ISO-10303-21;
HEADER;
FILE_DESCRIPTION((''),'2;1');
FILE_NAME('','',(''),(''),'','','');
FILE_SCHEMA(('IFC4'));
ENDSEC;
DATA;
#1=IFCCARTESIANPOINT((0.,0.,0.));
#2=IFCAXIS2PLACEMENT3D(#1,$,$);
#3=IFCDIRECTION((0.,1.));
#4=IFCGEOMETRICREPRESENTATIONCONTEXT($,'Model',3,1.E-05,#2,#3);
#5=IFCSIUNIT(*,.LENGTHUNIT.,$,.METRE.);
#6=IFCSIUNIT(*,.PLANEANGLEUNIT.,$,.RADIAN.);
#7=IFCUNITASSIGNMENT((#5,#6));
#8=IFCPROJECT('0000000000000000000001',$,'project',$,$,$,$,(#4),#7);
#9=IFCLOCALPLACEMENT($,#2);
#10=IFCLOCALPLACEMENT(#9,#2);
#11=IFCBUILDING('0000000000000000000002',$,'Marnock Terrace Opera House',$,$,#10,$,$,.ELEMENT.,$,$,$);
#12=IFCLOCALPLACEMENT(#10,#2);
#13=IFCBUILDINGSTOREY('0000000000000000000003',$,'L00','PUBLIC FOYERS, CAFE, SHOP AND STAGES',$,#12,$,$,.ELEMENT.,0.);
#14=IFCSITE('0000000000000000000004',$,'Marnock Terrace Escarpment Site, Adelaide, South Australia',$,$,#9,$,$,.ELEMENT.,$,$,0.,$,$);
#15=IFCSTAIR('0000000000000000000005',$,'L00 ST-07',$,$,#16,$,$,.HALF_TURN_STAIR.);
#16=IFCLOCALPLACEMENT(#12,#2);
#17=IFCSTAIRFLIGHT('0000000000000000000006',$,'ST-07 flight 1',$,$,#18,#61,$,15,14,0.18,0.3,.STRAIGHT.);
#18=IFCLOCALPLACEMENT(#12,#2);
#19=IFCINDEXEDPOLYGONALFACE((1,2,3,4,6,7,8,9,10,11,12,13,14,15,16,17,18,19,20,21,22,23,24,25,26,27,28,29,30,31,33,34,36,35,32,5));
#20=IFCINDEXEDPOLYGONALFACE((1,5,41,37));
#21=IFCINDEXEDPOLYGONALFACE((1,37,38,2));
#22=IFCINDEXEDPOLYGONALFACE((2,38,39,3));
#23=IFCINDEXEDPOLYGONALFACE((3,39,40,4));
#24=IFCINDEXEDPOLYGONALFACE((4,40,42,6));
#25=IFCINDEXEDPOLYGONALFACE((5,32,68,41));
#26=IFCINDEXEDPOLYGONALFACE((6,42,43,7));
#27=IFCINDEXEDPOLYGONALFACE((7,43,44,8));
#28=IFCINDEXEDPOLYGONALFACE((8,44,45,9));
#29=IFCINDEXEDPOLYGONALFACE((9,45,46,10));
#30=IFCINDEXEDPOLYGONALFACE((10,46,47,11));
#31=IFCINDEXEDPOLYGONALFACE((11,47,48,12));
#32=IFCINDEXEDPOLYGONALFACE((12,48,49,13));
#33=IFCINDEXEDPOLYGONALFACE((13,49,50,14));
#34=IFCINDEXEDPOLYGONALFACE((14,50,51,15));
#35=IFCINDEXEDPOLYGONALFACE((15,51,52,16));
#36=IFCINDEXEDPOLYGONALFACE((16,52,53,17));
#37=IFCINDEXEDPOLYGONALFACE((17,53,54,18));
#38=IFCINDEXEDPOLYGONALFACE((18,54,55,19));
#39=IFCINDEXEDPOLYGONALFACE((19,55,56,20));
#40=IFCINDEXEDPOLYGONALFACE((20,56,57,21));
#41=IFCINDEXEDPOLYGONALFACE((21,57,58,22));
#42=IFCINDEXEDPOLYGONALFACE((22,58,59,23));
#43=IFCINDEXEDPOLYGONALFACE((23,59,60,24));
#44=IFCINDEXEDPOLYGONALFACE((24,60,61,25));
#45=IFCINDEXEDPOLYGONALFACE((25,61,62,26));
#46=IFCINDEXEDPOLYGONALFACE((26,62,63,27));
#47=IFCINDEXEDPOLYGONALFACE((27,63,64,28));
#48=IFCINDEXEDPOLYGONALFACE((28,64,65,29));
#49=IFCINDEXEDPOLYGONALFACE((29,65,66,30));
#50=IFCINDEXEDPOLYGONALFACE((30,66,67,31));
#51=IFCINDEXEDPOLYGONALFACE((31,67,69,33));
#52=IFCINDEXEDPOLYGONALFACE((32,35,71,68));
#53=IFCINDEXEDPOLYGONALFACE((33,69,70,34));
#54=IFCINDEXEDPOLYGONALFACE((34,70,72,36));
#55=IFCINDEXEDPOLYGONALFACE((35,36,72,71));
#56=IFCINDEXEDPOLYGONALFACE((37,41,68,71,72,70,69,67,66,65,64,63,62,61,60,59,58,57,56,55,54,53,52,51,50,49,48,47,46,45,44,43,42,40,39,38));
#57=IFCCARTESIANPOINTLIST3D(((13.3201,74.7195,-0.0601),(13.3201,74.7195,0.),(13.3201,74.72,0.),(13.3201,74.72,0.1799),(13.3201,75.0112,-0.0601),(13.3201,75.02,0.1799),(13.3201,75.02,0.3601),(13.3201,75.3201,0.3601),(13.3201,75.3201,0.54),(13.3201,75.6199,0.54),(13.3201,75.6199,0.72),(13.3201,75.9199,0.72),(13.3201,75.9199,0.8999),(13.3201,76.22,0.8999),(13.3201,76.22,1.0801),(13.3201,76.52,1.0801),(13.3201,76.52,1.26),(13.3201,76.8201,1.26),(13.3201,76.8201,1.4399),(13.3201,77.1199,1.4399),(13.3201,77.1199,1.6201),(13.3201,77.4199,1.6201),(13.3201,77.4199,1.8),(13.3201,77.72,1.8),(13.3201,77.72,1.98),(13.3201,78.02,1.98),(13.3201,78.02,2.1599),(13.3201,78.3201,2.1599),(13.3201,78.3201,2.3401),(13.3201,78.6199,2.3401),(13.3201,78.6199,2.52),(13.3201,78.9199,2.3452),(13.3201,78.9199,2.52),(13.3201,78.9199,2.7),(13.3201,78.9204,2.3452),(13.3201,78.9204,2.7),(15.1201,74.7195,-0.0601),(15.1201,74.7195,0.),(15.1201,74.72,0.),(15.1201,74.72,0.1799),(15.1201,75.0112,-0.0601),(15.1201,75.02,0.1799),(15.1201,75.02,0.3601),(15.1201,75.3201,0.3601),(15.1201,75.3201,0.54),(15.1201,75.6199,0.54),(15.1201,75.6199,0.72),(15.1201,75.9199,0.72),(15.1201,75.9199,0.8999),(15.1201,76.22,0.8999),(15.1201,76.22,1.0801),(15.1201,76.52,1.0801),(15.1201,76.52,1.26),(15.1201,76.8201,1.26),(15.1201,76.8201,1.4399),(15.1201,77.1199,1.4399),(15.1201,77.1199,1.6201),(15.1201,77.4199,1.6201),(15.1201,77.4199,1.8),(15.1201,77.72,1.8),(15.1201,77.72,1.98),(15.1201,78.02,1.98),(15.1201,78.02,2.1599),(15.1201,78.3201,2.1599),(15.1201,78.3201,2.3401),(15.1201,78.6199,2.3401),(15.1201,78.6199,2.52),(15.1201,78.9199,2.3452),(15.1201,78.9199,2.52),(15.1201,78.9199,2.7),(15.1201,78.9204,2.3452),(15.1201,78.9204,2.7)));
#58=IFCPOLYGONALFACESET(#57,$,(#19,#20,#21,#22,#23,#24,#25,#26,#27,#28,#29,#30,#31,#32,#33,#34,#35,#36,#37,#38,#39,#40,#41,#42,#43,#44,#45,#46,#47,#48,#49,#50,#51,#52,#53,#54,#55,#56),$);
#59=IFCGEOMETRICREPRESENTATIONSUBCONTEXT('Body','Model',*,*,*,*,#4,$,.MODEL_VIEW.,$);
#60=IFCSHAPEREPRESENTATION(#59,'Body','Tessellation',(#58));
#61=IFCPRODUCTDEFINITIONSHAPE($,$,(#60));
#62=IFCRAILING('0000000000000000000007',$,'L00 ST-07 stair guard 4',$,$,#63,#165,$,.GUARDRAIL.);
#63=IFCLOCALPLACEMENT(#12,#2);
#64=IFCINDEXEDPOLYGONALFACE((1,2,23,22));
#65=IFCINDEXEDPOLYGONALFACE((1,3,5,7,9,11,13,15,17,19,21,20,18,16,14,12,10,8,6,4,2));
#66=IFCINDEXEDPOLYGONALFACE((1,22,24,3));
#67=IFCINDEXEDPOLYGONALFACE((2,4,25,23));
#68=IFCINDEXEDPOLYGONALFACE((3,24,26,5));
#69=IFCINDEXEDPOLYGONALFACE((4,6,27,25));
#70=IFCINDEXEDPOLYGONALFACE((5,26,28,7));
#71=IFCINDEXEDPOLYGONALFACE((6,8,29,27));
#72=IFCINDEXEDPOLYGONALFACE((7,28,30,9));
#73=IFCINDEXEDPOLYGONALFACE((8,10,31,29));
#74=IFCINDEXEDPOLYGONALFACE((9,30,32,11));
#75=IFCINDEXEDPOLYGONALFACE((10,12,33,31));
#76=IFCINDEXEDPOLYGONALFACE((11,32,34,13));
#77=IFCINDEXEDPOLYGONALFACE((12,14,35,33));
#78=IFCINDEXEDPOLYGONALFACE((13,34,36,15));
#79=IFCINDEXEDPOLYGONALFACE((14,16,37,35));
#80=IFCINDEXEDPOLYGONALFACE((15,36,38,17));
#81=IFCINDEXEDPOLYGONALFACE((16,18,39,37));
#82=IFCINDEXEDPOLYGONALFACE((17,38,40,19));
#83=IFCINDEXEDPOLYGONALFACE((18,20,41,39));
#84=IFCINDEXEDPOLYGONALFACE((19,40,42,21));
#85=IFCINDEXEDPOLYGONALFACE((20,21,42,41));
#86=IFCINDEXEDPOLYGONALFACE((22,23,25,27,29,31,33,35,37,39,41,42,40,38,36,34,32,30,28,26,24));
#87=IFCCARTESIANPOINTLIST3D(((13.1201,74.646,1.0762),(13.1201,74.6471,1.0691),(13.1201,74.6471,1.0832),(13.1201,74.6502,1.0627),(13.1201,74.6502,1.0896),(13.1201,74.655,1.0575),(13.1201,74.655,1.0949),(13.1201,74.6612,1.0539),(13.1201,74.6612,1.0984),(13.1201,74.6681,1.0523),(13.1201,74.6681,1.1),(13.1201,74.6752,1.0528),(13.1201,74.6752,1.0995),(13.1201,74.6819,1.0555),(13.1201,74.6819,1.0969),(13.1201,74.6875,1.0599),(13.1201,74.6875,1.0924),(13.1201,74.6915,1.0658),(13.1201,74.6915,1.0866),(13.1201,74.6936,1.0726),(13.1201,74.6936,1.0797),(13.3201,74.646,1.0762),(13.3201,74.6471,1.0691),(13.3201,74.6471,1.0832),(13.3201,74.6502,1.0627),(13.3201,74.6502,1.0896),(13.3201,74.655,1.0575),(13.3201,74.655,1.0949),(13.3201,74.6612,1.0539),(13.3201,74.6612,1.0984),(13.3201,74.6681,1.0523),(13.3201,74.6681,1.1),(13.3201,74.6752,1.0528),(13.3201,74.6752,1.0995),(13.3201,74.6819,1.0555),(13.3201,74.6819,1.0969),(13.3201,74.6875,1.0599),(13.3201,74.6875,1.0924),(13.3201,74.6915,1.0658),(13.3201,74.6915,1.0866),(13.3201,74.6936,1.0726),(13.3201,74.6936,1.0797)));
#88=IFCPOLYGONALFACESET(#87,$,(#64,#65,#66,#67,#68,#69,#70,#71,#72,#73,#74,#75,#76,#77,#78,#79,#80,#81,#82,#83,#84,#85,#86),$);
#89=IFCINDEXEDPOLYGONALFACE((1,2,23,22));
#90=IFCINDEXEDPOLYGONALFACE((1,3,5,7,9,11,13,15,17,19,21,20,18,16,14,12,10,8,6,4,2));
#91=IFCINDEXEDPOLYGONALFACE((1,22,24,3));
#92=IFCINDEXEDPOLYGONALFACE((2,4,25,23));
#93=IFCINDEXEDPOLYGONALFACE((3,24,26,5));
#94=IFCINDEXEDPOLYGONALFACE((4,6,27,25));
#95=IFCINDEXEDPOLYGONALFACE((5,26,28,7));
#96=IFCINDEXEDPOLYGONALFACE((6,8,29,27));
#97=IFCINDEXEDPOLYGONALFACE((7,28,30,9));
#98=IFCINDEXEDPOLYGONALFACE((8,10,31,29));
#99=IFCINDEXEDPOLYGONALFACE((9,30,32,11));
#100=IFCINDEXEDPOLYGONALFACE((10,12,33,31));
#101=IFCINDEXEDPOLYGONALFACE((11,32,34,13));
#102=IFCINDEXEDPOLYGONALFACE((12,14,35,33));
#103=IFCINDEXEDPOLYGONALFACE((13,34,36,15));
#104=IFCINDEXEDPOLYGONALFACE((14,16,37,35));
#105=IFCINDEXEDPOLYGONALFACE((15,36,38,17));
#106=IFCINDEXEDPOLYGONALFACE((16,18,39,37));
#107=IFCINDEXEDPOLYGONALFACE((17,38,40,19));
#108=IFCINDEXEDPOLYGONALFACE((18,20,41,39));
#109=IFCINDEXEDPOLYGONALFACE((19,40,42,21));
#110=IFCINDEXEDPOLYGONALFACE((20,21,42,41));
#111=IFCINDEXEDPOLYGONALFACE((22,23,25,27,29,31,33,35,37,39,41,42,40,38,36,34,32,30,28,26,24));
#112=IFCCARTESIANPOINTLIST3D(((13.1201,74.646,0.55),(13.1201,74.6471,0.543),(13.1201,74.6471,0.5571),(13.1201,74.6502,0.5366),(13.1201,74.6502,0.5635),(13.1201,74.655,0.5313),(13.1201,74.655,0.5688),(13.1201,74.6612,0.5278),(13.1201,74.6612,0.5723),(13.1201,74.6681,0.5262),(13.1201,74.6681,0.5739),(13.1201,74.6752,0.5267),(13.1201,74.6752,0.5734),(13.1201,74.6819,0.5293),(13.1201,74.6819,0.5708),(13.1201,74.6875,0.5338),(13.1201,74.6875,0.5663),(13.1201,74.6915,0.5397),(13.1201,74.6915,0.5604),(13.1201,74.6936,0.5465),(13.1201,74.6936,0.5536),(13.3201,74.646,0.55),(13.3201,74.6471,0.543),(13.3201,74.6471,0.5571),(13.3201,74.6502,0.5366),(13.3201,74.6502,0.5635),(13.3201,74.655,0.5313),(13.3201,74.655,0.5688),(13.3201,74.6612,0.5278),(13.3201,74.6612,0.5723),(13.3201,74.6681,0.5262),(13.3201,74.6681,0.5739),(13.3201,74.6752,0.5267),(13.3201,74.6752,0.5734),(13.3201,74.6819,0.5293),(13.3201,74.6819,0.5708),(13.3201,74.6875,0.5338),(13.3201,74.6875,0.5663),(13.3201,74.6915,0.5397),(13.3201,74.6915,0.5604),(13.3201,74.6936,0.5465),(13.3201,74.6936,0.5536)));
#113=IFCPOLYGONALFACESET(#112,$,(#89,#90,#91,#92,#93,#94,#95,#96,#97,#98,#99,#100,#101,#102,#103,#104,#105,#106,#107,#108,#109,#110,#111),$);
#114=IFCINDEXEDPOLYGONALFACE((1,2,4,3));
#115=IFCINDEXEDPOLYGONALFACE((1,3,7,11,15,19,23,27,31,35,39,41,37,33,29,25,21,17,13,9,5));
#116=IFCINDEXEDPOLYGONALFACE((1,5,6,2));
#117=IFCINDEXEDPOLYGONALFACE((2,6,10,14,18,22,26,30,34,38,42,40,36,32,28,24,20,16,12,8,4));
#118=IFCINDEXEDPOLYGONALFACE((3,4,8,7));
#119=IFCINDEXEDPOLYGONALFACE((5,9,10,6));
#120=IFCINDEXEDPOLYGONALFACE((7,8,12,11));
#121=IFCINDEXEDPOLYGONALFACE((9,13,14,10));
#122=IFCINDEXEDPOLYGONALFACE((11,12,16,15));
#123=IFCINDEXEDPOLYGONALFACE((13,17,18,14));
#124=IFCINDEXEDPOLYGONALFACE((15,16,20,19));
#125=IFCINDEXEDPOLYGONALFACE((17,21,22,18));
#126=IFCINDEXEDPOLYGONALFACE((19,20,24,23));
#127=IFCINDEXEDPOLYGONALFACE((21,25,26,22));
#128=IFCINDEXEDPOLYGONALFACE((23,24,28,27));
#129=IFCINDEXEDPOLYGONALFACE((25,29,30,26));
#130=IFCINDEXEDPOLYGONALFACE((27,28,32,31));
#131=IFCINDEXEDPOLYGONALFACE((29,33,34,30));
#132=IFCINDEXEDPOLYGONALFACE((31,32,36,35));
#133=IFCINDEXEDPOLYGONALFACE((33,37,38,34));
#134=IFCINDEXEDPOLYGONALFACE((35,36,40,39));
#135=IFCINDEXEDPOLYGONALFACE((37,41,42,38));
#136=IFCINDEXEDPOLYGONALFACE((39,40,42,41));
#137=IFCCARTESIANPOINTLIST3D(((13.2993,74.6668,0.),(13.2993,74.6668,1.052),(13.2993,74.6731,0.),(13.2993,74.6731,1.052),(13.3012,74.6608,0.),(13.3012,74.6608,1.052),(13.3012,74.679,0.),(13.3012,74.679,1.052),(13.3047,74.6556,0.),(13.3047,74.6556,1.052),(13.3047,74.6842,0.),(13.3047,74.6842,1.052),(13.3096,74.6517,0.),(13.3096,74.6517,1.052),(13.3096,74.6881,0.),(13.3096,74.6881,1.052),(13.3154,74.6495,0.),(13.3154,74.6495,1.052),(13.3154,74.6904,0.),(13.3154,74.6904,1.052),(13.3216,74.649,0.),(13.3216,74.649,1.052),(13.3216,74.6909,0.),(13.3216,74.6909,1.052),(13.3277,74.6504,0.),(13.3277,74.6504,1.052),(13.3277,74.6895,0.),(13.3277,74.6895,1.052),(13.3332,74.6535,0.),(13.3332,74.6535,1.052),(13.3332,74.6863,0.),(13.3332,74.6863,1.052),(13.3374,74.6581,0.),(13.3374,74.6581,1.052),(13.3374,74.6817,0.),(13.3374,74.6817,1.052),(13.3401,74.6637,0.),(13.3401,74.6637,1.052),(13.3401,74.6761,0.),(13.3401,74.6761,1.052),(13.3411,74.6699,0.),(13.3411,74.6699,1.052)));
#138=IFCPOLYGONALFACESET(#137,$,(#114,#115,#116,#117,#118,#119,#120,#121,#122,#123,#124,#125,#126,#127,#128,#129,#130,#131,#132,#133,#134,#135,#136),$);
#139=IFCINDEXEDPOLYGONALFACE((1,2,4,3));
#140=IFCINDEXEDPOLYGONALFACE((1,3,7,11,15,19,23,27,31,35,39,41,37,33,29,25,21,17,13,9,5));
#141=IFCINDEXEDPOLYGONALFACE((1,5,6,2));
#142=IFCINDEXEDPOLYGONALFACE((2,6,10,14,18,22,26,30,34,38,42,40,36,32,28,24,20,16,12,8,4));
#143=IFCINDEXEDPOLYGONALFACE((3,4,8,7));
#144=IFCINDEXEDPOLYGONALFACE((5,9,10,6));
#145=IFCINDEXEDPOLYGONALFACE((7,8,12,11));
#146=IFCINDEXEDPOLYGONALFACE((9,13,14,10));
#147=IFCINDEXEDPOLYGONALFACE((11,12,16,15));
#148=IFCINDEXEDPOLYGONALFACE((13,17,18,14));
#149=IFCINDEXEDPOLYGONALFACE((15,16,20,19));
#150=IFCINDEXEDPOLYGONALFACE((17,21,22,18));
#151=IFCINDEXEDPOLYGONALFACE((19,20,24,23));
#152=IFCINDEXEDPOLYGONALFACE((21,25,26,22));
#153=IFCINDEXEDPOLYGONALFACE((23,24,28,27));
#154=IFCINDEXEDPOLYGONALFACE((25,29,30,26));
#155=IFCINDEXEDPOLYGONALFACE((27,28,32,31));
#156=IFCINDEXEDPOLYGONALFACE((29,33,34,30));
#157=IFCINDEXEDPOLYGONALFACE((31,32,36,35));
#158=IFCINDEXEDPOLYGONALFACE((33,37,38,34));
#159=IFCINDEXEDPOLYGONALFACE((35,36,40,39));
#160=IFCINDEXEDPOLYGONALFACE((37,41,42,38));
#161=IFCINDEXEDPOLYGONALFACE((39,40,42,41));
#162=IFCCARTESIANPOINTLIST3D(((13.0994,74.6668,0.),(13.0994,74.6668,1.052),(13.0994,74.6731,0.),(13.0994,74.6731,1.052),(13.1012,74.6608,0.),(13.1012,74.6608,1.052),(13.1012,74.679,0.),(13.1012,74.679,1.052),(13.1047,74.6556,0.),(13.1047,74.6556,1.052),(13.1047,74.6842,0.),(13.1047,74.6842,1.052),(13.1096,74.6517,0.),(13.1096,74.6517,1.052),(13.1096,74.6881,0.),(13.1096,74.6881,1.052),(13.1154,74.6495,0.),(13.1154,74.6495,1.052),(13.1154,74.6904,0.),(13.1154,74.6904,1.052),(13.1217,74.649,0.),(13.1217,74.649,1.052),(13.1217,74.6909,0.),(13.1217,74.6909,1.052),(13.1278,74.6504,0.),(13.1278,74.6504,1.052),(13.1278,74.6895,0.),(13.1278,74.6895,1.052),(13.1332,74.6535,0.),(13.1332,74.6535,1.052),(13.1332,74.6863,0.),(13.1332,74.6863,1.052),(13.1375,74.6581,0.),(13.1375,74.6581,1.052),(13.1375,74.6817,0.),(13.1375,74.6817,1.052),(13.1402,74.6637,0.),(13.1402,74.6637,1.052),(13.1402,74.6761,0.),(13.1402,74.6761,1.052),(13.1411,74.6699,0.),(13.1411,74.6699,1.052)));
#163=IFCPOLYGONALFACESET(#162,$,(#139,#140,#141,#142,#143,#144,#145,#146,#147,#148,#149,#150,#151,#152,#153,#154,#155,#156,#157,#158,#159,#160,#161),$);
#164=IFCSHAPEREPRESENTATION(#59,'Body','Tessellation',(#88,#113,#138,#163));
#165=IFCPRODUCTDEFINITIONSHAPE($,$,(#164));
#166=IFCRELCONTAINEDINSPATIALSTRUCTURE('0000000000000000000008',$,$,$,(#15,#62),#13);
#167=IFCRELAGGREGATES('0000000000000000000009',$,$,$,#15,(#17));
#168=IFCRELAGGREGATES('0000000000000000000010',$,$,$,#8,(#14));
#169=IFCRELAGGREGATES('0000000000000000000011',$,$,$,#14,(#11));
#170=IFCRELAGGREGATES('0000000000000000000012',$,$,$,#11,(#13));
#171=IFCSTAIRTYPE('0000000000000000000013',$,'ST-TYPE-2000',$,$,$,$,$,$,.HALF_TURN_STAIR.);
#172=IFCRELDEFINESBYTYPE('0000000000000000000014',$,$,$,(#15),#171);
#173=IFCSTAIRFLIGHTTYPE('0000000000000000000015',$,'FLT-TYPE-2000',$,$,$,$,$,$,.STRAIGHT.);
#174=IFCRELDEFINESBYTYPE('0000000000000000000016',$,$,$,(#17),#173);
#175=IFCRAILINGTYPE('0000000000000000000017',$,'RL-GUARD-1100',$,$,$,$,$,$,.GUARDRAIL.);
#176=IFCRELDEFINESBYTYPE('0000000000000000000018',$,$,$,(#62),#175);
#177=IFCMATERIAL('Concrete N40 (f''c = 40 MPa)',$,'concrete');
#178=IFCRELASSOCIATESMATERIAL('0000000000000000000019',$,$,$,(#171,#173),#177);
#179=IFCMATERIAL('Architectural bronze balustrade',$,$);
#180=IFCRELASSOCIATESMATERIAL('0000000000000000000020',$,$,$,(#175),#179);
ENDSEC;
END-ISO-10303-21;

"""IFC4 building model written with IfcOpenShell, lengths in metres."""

from ifc_helpers import new_model, si_unit, direction, frame, origin, origin_2d, place, context, subcontext, project, spatial, polyline, circle, outline, extrude, material, type_object, element, aggregate, save


model = new_model("IFC4")

# Units and contexts
model_context = context("Model", 3, precision=1e-05, world=origin(), true_north=direction((0.0, 1.0)))
body_context = subcontext(model_context, "Body", "Model", "MODEL_VIEW")
ifc_project = project(units=[si_unit("LENGTHUNIT", "METRE"), si_unit("PLANEANGLEUNIT", "RADIAN")], contexts=[model_context])

# Site, building, storey
site_placement = place(None, origin())
site = spatial("IfcSite", under=ifc_project, at=site_placement, Name="Marnock Terrace Escarpment Site, Adelaide, South Australia", CompositionType="ELEMENT", RefElevation=0.0)
building_placement = place(site_placement, origin())
building = spatial("IfcBuilding", under=site, at=building_placement, Name="Marnock Terrace Opera House", CompositionType="ELEMENT")
storey_placement = place(building_placement, origin())
storey = spatial("IfcBuildingStorey", under=building, at=storey_placement, Name="L00", Description="PUBLIC FOYERS, CAFE, SHOP AND STAGES", CompositionType="ELEMENT", Elevation=0.0)

# Shared definitions
ifc_material_1 = material(Name="Concrete N40 (f'c = 40 MPa)", Category="concrete")

# Stair, stair flight
stair_type = type_object("IfcStairType", Name="ST-TYPE-2000", PredefinedType="HALF_TURN_STAIR", material=ifc_material_1)
stair_placement = place(storey_placement, origin())
stair = element("IfcStair", 1, at=stair_placement, inside=storey, type_object=stair_type, Name="L00 ST-07", PredefinedType="HALF_TURN_STAIR")
stair_flight_type = type_object("IfcStairFlightType", Name="FLT-TYPE-2000", PredefinedType="STRAIGHT", material=ifc_material_1)
stair_flight_placement = place(storey_placement, frame((14.22, 74.72, 0.0), z_axis=(0.0, 0.0, 1.0), x_axis=(0.0, 1.0, 0.0)))
stair_flight = element("IfcStairFlight", 2, at=stair_flight_placement, type_object=stair_flight_type, Name="ST-07 flight 1", NumberOfRisers=15, NumberOfTreads=14, PredefinedType="STRAIGHT", RiserHeight=0.18, TreadLength=0.3, context=body_context, shape_type="SweptSolid", body=[
    extrude(outline(polyline([(-0.0005, -0.0601), (-0.0005, 0.0), (0.0, 0.0), (0.0, 0.1799), (0.3, 0.1799), (0.3, 0.3601), (0.6001, 0.3601), (0.6001, 0.54), (0.8999, 0.54), (0.8999, 0.72), (1.2, 0.72), (1.2, 0.8999), (1.5, 0.8999), (1.5, 1.0801), (1.8, 1.0801), (1.8, 1.26), (2.1001, 1.26), (2.1001, 1.4399), (2.3999, 1.4399), (2.3999, 1.6201), (2.7, 1.6201), (2.7, 1.8), (3.0, 1.8), (3.0, 1.98), (3.3, 1.98), (3.3, 2.1599), (3.6001, 2.1599), (3.6001, 2.3401), (3.8999, 2.3401), (3.8999, 2.52), (4.2, 2.52), (4.2, 2.7), (4.2004, 2.7), (4.2004, 2.3452), (4.2, 2.3452), (0.2913, -0.0601), (-0.0005, -0.0601)])), frame((0.0, 0.8999, 0.0), z_axis=(0.0, -1.0, 0.0), x_axis=(1.0, 0.0, 0.0)), (0.0, 0.0, 1.0), 1.8),
])
aggregate(stair, [stair_flight])

# Railing
ifc_material_2 = material(Name="Architectural bronze balustrade")
railing_type_1 = type_object("IfcRailingType", Name="RL-GUARD-1100", PredefinedType="GUARDRAIL", material=ifc_material_2)
railing_1_placement = place(storey_placement, frame((13.3201, 74.6699, 0.0)))
element("IfcRailing", 3, at=railing_1_placement, inside=storey, type_object=railing_type_1, Name="L00 ST-07 stair guard 4", PredefinedType="GUARDRAIL", context=body_context, shape_type="SweptSolid", body=[
    extrude(circle(Radius=0.0239, at=origin_2d()), frame((0.0, 0.0, 1.0762), z_axis=(-1.0, 0.0, 0.0), x_axis=(0.0, -1.0, 0.0)), (0.0, 0.0, 1.0), 0.2),
    extrude(circle(Radius=0.0239, at=origin_2d()), frame((0.0, 0.0, 0.55), z_axis=(-1.0, 0.0, 0.0), x_axis=(0.0, -1.0, 0.0)), (0.0, 0.0, 1.0), 0.2),
    extrude(circle(Radius=0.021, at=origin_2d()), origin(), (0.0, 0.0, 1.0), 1.052),
    extrude(circle(Radius=0.021, at=origin_2d()), frame((-0.2, 0.0, 0.0)), (0.0, 0.0, 1.0), 1.052),
])

save(model, "model.ifc")
